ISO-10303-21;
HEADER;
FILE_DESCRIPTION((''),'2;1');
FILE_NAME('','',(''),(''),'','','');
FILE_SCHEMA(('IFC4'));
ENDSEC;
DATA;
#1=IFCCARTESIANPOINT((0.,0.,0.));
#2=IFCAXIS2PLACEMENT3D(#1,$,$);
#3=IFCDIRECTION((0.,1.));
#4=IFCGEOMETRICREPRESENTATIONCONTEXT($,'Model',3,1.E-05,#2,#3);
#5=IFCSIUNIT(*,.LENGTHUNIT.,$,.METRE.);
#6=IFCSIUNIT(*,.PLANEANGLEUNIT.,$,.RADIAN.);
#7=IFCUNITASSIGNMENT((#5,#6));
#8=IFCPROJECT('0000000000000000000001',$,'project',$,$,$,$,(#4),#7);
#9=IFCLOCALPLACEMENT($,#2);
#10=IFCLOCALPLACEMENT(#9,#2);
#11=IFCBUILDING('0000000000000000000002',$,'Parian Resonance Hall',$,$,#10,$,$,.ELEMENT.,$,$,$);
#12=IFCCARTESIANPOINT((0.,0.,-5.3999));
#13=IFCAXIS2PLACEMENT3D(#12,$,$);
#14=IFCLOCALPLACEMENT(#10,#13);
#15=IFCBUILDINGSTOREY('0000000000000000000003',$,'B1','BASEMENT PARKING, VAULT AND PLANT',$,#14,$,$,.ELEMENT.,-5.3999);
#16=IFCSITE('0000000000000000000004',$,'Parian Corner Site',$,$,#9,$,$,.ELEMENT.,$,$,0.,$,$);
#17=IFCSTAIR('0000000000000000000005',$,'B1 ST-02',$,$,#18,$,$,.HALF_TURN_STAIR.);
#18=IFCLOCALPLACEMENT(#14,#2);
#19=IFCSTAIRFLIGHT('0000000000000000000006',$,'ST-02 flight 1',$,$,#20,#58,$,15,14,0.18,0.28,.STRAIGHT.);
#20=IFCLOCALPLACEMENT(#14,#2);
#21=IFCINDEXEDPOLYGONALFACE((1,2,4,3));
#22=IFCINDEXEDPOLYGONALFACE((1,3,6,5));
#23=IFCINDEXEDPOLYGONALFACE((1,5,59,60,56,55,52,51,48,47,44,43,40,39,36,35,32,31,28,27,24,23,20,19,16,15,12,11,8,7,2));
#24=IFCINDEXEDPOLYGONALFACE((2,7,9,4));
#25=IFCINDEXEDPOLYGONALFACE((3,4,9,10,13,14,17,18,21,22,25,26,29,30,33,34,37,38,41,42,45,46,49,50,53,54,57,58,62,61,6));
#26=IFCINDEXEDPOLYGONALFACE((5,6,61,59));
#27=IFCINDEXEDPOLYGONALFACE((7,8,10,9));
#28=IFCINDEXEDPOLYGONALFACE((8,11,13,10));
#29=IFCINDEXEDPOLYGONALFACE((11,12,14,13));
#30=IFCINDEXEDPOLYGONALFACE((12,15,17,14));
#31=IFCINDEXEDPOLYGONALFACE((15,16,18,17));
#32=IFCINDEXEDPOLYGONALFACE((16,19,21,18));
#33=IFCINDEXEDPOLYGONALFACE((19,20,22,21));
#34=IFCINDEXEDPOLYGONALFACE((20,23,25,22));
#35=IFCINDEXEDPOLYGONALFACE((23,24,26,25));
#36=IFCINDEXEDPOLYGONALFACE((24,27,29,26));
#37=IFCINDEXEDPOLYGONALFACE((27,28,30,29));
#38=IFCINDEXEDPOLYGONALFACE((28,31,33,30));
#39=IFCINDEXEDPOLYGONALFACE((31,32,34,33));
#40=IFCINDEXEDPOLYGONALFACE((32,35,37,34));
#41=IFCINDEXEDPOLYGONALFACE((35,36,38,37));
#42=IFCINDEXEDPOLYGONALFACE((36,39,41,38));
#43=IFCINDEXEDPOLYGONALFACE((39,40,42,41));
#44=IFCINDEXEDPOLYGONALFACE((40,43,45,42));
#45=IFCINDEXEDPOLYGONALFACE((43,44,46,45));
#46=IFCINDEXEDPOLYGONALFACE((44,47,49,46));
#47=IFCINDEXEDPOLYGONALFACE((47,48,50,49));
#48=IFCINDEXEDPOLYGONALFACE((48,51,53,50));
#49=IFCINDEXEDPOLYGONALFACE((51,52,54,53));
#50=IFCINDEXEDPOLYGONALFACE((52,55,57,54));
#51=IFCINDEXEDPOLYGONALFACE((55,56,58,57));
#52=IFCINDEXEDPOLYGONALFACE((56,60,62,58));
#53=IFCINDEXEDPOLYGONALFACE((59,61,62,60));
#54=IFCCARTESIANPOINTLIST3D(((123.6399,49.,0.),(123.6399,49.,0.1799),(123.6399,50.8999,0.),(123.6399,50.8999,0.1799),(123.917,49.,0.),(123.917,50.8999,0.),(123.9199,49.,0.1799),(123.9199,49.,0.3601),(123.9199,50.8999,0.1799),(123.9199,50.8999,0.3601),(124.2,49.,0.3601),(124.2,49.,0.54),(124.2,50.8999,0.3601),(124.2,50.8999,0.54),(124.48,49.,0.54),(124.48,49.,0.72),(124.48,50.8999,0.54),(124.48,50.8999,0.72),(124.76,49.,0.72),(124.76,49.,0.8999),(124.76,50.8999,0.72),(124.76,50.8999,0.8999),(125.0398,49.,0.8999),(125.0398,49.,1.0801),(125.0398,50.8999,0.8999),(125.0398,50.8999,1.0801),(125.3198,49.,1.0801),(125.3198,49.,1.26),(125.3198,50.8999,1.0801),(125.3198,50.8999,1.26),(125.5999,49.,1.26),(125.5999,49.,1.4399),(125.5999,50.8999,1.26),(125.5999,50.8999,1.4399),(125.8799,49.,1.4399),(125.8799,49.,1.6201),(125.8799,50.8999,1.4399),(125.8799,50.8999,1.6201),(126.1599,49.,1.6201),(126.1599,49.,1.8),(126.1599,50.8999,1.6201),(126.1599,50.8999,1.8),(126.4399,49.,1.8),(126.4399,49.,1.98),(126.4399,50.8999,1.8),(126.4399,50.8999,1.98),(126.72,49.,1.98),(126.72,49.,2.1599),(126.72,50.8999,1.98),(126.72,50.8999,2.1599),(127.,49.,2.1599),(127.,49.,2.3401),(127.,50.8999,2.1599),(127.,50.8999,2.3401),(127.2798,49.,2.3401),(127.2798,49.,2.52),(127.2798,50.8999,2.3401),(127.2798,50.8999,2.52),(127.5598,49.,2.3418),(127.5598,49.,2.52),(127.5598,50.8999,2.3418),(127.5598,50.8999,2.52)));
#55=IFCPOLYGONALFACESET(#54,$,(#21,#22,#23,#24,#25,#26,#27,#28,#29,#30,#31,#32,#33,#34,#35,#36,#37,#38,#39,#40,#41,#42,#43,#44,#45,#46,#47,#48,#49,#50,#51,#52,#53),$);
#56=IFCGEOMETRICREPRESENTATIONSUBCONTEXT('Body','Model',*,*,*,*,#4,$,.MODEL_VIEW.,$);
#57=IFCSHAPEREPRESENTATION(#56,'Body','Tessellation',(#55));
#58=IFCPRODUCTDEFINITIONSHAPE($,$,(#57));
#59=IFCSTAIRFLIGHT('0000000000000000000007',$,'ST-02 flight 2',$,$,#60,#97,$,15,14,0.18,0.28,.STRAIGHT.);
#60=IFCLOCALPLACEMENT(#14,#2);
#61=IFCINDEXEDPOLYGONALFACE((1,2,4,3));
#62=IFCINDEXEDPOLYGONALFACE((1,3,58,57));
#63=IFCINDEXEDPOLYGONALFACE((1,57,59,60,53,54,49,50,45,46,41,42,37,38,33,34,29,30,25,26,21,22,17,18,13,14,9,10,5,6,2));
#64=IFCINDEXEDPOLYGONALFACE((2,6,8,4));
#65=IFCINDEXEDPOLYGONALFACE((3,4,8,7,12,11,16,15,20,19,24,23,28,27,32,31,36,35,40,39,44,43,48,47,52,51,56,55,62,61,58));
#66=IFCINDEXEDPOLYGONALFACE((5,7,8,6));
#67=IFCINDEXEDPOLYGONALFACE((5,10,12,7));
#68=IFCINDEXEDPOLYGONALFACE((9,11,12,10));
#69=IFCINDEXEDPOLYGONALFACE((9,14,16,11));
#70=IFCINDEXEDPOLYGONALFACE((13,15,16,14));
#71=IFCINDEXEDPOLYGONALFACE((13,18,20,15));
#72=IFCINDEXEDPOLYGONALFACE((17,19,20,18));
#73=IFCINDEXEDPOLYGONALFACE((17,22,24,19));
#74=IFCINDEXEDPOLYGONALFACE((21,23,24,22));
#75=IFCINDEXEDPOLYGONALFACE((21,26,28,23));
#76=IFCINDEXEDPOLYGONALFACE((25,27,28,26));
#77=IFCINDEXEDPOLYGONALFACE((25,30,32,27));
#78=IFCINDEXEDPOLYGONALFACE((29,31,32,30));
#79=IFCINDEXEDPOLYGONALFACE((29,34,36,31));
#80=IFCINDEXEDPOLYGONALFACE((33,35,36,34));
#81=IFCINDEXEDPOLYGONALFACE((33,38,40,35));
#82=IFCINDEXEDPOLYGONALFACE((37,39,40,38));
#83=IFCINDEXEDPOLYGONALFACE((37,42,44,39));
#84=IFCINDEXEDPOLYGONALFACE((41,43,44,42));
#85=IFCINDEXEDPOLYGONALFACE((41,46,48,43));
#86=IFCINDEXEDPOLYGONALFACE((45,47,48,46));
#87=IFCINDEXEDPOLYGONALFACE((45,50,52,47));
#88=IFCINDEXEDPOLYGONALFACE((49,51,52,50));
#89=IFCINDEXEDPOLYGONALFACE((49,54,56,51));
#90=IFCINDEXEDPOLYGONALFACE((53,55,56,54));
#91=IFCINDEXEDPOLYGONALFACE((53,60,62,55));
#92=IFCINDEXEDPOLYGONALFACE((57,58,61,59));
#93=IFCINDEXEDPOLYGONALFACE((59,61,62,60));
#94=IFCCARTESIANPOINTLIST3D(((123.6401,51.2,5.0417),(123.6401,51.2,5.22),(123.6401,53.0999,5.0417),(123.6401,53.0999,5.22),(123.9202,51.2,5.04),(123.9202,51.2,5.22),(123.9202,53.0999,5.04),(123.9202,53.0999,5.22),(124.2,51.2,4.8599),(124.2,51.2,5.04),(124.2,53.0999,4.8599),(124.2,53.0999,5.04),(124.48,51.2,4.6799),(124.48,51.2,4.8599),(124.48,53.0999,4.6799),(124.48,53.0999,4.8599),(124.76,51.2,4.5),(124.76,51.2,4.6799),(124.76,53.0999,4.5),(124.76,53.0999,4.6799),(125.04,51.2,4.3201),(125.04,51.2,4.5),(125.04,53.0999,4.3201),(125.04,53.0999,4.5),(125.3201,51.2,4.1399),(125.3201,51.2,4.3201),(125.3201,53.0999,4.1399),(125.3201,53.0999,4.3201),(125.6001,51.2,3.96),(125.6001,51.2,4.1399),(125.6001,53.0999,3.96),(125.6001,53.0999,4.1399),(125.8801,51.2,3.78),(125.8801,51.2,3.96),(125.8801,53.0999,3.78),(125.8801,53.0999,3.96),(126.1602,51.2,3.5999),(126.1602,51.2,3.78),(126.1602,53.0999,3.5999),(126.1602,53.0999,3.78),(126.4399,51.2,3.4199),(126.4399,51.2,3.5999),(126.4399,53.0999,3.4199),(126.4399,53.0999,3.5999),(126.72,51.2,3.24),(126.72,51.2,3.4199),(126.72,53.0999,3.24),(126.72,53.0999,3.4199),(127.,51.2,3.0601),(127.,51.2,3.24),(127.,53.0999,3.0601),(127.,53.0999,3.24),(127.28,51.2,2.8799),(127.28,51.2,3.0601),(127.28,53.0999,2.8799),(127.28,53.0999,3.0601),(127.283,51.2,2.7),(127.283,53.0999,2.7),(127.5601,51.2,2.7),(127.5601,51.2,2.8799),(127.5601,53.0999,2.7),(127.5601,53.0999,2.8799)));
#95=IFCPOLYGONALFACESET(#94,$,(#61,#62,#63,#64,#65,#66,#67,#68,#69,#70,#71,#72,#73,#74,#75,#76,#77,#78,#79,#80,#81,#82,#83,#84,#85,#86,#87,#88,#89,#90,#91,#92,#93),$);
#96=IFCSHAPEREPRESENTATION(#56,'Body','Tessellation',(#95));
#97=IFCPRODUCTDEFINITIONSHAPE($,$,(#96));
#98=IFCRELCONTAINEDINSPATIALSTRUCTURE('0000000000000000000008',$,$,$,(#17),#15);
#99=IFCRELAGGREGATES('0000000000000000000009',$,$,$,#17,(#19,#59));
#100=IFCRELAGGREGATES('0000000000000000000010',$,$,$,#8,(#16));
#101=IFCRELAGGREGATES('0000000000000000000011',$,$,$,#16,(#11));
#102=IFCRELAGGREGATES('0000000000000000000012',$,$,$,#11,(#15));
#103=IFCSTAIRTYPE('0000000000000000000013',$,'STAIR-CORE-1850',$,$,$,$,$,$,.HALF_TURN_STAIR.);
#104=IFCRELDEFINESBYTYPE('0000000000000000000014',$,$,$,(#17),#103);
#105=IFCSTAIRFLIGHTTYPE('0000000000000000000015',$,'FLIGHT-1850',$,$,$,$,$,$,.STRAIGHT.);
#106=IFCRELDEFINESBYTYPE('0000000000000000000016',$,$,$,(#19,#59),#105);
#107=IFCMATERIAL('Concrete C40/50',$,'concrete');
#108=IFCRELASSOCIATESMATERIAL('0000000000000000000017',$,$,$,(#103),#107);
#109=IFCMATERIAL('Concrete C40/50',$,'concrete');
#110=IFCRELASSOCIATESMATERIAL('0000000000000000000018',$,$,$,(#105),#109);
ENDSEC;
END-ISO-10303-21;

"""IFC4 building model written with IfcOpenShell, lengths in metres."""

from ifc_helpers import new_model, si_unit, direction, frame, origin, place, context, subcontext, project, spatial, polyline, outline, extrude, material, type_object, element, aggregate, save


model = new_model("IFC4")

# Units and contexts
model_context = context("Model", 3, precision=1e-05, world=origin(), true_north=direction((0.0, 1.0)))
body_context = subcontext(model_context, "Body", "Model", "MODEL_VIEW")
ifc_project = project(units=[si_unit("LENGTHUNIT", "METRE"), si_unit("PLANEANGLEUNIT", "RADIAN")], contexts=[model_context])

# Site, building, storey
site_placement = place(None, origin())
site = spatial("IfcSite", under=ifc_project, at=site_placement, Name="Parian Corner Site", CompositionType="ELEMENT", RefElevation=0.0)
building_placement = place(site_placement, origin())
building = spatial("IfcBuilding", under=site, at=building_placement, Name="Parian Resonance Hall", CompositionType="ELEMENT")
storey_placement = place(building_placement, frame((0.0, 0.0, -5.3999)))
storey = spatial("IfcBuildingStorey", under=building, at=storey_placement, Name="B1", Description="BASEMENT PARKING, VAULT AND PLANT", CompositionType="ELEMENT", Elevation=-5.3999)

# Stair, stair flights
ifc_material_1 = material(Name="Concrete C40/50", Category="concrete")
stair_type = type_object("IfcStairType", Name="STAIR-CORE-1850", PredefinedType="HALF_TURN_STAIR", material=ifc_material_1)
stair_placement = place(storey_placement, origin())
stair = element("IfcStair", 1, at=stair_placement, inside=storey, type_object=stair_type, Name="B1 ST-02", PredefinedType="HALF_TURN_STAIR")
ifc_material_2 = material(Name="Concrete C40/50", Category="concrete")
stair_flight_type = type_object("IfcStairFlightType", Name="FLIGHT-1850", PredefinedType="STRAIGHT", material=ifc_material_2)
stair_flight_1_placement = place(storey_placement, frame((123.6399, 49.95, 0.0), z_axis=(0.0, 0.0, 1.0), x_axis=(1.0, 0.0, 0.0)))
stair_flight_1 = element("IfcStairFlight", 2, at=stair_flight_1_placement, type_object=stair_flight_type, Name="ST-02 flight 1", NumberOfRisers=15, NumberOfTreads=14, PredefinedType="STRAIGHT", RiserHeight=0.18, TreadLength=0.28, context=body_context, shape_type="SweptSolid", body=[
    extrude(outline(polyline([(0.0, 0.0), (0.0, 0.1799), (0.28, 0.1799), (0.28, 0.3601), (0.5601, 0.3601), (0.5601, 0.54), (0.8401, 0.54), (0.8401, 0.72), (1.1201, 0.72), (1.1201, 0.8999), (1.3999, 0.8999), (1.3999, 1.0801), (1.6799, 1.0801), (1.6799, 1.26), (1.96, 1.26), (1.96, 1.4399), (2.24, 1.4399), (2.24, 1.6201), (2.52, 1.6201), (2.52, 1.8), (2.8, 1.8), (2.8, 1.98), (3.0801, 1.98), (3.0801, 2.1599), (3.3601, 2.1599), (3.3601, 2.3401), (3.6399, 2.3401), (3.6399, 2.52), (3.9199, 2.52), (3.9199, 2.7), (3.9199, 2.3418), (0.2771, 0.0), (0.0, 0.0)])), frame((0.0, 0.95, 0.0), z_axis=(0.0, -1.0, 0.0), x_axis=(1.0, 0.0, 0.0)), (0.0, 0.0, 1.0), 1.8999),
])
stair_flight_2_placement = place(storey_placement, frame((127.5601, 52.1499, 2.7), z_axis=(0.0, 0.0, 1.0), x_axis=(-1.0, 0.0, 0.0)))
stair_flight_2 = element("IfcStairFlight", 3, at=stair_flight_2_placement, type_object=stair_flight_type, Name="ST-02 flight 2", NumberOfRisers=15, NumberOfTreads=14, PredefinedType="STRAIGHT", RiserHeight=0.18, TreadLength=0.28, context=body_context, shape_type="SweptSolid", body=[
    extrude(outline(polyline([(0.0, 0.0), (0.0, 0.1799), (0.28, 0.1799), (0.28, 0.3601), (0.5601, 0.3601), (0.5601, 0.54), (0.8401, 0.54), (0.8401, 0.72), (1.1201, 0.72), (1.1201, 0.8999), (1.3999, 0.8999), (1.3999, 1.0801), (1.6799, 1.0801), (1.6799, 1.26), (1.96, 1.26), (1.96, 1.4399), (2.24, 1.4399), (2.24, 1.6201), (2.52, 1.6201), (2.52, 1.8), (2.8, 1.8), (2.8, 1.98), (3.0801, 1.98), (3.0801, 2.1599), (3.3601, 2.1599), (3.3601, 2.3401), (3.6399, 2.3401), (3.6399, 2.52), (3.9199, 2.52), (3.9199, 2.7), (3.9199, 2.3418), (0.2771, 0.0), (0.0, 0.0)])), frame((0.0, 0.95, 0.0), z_axis=(0.0, -1.0, 0.0), x_axis=(1.0, 0.0, 0.0)), (0.0, 0.0, 1.0), 1.8999),
])
aggregate(stair, [stair_flight_1, stair_flight_2])

save(model, "model.ifc")
